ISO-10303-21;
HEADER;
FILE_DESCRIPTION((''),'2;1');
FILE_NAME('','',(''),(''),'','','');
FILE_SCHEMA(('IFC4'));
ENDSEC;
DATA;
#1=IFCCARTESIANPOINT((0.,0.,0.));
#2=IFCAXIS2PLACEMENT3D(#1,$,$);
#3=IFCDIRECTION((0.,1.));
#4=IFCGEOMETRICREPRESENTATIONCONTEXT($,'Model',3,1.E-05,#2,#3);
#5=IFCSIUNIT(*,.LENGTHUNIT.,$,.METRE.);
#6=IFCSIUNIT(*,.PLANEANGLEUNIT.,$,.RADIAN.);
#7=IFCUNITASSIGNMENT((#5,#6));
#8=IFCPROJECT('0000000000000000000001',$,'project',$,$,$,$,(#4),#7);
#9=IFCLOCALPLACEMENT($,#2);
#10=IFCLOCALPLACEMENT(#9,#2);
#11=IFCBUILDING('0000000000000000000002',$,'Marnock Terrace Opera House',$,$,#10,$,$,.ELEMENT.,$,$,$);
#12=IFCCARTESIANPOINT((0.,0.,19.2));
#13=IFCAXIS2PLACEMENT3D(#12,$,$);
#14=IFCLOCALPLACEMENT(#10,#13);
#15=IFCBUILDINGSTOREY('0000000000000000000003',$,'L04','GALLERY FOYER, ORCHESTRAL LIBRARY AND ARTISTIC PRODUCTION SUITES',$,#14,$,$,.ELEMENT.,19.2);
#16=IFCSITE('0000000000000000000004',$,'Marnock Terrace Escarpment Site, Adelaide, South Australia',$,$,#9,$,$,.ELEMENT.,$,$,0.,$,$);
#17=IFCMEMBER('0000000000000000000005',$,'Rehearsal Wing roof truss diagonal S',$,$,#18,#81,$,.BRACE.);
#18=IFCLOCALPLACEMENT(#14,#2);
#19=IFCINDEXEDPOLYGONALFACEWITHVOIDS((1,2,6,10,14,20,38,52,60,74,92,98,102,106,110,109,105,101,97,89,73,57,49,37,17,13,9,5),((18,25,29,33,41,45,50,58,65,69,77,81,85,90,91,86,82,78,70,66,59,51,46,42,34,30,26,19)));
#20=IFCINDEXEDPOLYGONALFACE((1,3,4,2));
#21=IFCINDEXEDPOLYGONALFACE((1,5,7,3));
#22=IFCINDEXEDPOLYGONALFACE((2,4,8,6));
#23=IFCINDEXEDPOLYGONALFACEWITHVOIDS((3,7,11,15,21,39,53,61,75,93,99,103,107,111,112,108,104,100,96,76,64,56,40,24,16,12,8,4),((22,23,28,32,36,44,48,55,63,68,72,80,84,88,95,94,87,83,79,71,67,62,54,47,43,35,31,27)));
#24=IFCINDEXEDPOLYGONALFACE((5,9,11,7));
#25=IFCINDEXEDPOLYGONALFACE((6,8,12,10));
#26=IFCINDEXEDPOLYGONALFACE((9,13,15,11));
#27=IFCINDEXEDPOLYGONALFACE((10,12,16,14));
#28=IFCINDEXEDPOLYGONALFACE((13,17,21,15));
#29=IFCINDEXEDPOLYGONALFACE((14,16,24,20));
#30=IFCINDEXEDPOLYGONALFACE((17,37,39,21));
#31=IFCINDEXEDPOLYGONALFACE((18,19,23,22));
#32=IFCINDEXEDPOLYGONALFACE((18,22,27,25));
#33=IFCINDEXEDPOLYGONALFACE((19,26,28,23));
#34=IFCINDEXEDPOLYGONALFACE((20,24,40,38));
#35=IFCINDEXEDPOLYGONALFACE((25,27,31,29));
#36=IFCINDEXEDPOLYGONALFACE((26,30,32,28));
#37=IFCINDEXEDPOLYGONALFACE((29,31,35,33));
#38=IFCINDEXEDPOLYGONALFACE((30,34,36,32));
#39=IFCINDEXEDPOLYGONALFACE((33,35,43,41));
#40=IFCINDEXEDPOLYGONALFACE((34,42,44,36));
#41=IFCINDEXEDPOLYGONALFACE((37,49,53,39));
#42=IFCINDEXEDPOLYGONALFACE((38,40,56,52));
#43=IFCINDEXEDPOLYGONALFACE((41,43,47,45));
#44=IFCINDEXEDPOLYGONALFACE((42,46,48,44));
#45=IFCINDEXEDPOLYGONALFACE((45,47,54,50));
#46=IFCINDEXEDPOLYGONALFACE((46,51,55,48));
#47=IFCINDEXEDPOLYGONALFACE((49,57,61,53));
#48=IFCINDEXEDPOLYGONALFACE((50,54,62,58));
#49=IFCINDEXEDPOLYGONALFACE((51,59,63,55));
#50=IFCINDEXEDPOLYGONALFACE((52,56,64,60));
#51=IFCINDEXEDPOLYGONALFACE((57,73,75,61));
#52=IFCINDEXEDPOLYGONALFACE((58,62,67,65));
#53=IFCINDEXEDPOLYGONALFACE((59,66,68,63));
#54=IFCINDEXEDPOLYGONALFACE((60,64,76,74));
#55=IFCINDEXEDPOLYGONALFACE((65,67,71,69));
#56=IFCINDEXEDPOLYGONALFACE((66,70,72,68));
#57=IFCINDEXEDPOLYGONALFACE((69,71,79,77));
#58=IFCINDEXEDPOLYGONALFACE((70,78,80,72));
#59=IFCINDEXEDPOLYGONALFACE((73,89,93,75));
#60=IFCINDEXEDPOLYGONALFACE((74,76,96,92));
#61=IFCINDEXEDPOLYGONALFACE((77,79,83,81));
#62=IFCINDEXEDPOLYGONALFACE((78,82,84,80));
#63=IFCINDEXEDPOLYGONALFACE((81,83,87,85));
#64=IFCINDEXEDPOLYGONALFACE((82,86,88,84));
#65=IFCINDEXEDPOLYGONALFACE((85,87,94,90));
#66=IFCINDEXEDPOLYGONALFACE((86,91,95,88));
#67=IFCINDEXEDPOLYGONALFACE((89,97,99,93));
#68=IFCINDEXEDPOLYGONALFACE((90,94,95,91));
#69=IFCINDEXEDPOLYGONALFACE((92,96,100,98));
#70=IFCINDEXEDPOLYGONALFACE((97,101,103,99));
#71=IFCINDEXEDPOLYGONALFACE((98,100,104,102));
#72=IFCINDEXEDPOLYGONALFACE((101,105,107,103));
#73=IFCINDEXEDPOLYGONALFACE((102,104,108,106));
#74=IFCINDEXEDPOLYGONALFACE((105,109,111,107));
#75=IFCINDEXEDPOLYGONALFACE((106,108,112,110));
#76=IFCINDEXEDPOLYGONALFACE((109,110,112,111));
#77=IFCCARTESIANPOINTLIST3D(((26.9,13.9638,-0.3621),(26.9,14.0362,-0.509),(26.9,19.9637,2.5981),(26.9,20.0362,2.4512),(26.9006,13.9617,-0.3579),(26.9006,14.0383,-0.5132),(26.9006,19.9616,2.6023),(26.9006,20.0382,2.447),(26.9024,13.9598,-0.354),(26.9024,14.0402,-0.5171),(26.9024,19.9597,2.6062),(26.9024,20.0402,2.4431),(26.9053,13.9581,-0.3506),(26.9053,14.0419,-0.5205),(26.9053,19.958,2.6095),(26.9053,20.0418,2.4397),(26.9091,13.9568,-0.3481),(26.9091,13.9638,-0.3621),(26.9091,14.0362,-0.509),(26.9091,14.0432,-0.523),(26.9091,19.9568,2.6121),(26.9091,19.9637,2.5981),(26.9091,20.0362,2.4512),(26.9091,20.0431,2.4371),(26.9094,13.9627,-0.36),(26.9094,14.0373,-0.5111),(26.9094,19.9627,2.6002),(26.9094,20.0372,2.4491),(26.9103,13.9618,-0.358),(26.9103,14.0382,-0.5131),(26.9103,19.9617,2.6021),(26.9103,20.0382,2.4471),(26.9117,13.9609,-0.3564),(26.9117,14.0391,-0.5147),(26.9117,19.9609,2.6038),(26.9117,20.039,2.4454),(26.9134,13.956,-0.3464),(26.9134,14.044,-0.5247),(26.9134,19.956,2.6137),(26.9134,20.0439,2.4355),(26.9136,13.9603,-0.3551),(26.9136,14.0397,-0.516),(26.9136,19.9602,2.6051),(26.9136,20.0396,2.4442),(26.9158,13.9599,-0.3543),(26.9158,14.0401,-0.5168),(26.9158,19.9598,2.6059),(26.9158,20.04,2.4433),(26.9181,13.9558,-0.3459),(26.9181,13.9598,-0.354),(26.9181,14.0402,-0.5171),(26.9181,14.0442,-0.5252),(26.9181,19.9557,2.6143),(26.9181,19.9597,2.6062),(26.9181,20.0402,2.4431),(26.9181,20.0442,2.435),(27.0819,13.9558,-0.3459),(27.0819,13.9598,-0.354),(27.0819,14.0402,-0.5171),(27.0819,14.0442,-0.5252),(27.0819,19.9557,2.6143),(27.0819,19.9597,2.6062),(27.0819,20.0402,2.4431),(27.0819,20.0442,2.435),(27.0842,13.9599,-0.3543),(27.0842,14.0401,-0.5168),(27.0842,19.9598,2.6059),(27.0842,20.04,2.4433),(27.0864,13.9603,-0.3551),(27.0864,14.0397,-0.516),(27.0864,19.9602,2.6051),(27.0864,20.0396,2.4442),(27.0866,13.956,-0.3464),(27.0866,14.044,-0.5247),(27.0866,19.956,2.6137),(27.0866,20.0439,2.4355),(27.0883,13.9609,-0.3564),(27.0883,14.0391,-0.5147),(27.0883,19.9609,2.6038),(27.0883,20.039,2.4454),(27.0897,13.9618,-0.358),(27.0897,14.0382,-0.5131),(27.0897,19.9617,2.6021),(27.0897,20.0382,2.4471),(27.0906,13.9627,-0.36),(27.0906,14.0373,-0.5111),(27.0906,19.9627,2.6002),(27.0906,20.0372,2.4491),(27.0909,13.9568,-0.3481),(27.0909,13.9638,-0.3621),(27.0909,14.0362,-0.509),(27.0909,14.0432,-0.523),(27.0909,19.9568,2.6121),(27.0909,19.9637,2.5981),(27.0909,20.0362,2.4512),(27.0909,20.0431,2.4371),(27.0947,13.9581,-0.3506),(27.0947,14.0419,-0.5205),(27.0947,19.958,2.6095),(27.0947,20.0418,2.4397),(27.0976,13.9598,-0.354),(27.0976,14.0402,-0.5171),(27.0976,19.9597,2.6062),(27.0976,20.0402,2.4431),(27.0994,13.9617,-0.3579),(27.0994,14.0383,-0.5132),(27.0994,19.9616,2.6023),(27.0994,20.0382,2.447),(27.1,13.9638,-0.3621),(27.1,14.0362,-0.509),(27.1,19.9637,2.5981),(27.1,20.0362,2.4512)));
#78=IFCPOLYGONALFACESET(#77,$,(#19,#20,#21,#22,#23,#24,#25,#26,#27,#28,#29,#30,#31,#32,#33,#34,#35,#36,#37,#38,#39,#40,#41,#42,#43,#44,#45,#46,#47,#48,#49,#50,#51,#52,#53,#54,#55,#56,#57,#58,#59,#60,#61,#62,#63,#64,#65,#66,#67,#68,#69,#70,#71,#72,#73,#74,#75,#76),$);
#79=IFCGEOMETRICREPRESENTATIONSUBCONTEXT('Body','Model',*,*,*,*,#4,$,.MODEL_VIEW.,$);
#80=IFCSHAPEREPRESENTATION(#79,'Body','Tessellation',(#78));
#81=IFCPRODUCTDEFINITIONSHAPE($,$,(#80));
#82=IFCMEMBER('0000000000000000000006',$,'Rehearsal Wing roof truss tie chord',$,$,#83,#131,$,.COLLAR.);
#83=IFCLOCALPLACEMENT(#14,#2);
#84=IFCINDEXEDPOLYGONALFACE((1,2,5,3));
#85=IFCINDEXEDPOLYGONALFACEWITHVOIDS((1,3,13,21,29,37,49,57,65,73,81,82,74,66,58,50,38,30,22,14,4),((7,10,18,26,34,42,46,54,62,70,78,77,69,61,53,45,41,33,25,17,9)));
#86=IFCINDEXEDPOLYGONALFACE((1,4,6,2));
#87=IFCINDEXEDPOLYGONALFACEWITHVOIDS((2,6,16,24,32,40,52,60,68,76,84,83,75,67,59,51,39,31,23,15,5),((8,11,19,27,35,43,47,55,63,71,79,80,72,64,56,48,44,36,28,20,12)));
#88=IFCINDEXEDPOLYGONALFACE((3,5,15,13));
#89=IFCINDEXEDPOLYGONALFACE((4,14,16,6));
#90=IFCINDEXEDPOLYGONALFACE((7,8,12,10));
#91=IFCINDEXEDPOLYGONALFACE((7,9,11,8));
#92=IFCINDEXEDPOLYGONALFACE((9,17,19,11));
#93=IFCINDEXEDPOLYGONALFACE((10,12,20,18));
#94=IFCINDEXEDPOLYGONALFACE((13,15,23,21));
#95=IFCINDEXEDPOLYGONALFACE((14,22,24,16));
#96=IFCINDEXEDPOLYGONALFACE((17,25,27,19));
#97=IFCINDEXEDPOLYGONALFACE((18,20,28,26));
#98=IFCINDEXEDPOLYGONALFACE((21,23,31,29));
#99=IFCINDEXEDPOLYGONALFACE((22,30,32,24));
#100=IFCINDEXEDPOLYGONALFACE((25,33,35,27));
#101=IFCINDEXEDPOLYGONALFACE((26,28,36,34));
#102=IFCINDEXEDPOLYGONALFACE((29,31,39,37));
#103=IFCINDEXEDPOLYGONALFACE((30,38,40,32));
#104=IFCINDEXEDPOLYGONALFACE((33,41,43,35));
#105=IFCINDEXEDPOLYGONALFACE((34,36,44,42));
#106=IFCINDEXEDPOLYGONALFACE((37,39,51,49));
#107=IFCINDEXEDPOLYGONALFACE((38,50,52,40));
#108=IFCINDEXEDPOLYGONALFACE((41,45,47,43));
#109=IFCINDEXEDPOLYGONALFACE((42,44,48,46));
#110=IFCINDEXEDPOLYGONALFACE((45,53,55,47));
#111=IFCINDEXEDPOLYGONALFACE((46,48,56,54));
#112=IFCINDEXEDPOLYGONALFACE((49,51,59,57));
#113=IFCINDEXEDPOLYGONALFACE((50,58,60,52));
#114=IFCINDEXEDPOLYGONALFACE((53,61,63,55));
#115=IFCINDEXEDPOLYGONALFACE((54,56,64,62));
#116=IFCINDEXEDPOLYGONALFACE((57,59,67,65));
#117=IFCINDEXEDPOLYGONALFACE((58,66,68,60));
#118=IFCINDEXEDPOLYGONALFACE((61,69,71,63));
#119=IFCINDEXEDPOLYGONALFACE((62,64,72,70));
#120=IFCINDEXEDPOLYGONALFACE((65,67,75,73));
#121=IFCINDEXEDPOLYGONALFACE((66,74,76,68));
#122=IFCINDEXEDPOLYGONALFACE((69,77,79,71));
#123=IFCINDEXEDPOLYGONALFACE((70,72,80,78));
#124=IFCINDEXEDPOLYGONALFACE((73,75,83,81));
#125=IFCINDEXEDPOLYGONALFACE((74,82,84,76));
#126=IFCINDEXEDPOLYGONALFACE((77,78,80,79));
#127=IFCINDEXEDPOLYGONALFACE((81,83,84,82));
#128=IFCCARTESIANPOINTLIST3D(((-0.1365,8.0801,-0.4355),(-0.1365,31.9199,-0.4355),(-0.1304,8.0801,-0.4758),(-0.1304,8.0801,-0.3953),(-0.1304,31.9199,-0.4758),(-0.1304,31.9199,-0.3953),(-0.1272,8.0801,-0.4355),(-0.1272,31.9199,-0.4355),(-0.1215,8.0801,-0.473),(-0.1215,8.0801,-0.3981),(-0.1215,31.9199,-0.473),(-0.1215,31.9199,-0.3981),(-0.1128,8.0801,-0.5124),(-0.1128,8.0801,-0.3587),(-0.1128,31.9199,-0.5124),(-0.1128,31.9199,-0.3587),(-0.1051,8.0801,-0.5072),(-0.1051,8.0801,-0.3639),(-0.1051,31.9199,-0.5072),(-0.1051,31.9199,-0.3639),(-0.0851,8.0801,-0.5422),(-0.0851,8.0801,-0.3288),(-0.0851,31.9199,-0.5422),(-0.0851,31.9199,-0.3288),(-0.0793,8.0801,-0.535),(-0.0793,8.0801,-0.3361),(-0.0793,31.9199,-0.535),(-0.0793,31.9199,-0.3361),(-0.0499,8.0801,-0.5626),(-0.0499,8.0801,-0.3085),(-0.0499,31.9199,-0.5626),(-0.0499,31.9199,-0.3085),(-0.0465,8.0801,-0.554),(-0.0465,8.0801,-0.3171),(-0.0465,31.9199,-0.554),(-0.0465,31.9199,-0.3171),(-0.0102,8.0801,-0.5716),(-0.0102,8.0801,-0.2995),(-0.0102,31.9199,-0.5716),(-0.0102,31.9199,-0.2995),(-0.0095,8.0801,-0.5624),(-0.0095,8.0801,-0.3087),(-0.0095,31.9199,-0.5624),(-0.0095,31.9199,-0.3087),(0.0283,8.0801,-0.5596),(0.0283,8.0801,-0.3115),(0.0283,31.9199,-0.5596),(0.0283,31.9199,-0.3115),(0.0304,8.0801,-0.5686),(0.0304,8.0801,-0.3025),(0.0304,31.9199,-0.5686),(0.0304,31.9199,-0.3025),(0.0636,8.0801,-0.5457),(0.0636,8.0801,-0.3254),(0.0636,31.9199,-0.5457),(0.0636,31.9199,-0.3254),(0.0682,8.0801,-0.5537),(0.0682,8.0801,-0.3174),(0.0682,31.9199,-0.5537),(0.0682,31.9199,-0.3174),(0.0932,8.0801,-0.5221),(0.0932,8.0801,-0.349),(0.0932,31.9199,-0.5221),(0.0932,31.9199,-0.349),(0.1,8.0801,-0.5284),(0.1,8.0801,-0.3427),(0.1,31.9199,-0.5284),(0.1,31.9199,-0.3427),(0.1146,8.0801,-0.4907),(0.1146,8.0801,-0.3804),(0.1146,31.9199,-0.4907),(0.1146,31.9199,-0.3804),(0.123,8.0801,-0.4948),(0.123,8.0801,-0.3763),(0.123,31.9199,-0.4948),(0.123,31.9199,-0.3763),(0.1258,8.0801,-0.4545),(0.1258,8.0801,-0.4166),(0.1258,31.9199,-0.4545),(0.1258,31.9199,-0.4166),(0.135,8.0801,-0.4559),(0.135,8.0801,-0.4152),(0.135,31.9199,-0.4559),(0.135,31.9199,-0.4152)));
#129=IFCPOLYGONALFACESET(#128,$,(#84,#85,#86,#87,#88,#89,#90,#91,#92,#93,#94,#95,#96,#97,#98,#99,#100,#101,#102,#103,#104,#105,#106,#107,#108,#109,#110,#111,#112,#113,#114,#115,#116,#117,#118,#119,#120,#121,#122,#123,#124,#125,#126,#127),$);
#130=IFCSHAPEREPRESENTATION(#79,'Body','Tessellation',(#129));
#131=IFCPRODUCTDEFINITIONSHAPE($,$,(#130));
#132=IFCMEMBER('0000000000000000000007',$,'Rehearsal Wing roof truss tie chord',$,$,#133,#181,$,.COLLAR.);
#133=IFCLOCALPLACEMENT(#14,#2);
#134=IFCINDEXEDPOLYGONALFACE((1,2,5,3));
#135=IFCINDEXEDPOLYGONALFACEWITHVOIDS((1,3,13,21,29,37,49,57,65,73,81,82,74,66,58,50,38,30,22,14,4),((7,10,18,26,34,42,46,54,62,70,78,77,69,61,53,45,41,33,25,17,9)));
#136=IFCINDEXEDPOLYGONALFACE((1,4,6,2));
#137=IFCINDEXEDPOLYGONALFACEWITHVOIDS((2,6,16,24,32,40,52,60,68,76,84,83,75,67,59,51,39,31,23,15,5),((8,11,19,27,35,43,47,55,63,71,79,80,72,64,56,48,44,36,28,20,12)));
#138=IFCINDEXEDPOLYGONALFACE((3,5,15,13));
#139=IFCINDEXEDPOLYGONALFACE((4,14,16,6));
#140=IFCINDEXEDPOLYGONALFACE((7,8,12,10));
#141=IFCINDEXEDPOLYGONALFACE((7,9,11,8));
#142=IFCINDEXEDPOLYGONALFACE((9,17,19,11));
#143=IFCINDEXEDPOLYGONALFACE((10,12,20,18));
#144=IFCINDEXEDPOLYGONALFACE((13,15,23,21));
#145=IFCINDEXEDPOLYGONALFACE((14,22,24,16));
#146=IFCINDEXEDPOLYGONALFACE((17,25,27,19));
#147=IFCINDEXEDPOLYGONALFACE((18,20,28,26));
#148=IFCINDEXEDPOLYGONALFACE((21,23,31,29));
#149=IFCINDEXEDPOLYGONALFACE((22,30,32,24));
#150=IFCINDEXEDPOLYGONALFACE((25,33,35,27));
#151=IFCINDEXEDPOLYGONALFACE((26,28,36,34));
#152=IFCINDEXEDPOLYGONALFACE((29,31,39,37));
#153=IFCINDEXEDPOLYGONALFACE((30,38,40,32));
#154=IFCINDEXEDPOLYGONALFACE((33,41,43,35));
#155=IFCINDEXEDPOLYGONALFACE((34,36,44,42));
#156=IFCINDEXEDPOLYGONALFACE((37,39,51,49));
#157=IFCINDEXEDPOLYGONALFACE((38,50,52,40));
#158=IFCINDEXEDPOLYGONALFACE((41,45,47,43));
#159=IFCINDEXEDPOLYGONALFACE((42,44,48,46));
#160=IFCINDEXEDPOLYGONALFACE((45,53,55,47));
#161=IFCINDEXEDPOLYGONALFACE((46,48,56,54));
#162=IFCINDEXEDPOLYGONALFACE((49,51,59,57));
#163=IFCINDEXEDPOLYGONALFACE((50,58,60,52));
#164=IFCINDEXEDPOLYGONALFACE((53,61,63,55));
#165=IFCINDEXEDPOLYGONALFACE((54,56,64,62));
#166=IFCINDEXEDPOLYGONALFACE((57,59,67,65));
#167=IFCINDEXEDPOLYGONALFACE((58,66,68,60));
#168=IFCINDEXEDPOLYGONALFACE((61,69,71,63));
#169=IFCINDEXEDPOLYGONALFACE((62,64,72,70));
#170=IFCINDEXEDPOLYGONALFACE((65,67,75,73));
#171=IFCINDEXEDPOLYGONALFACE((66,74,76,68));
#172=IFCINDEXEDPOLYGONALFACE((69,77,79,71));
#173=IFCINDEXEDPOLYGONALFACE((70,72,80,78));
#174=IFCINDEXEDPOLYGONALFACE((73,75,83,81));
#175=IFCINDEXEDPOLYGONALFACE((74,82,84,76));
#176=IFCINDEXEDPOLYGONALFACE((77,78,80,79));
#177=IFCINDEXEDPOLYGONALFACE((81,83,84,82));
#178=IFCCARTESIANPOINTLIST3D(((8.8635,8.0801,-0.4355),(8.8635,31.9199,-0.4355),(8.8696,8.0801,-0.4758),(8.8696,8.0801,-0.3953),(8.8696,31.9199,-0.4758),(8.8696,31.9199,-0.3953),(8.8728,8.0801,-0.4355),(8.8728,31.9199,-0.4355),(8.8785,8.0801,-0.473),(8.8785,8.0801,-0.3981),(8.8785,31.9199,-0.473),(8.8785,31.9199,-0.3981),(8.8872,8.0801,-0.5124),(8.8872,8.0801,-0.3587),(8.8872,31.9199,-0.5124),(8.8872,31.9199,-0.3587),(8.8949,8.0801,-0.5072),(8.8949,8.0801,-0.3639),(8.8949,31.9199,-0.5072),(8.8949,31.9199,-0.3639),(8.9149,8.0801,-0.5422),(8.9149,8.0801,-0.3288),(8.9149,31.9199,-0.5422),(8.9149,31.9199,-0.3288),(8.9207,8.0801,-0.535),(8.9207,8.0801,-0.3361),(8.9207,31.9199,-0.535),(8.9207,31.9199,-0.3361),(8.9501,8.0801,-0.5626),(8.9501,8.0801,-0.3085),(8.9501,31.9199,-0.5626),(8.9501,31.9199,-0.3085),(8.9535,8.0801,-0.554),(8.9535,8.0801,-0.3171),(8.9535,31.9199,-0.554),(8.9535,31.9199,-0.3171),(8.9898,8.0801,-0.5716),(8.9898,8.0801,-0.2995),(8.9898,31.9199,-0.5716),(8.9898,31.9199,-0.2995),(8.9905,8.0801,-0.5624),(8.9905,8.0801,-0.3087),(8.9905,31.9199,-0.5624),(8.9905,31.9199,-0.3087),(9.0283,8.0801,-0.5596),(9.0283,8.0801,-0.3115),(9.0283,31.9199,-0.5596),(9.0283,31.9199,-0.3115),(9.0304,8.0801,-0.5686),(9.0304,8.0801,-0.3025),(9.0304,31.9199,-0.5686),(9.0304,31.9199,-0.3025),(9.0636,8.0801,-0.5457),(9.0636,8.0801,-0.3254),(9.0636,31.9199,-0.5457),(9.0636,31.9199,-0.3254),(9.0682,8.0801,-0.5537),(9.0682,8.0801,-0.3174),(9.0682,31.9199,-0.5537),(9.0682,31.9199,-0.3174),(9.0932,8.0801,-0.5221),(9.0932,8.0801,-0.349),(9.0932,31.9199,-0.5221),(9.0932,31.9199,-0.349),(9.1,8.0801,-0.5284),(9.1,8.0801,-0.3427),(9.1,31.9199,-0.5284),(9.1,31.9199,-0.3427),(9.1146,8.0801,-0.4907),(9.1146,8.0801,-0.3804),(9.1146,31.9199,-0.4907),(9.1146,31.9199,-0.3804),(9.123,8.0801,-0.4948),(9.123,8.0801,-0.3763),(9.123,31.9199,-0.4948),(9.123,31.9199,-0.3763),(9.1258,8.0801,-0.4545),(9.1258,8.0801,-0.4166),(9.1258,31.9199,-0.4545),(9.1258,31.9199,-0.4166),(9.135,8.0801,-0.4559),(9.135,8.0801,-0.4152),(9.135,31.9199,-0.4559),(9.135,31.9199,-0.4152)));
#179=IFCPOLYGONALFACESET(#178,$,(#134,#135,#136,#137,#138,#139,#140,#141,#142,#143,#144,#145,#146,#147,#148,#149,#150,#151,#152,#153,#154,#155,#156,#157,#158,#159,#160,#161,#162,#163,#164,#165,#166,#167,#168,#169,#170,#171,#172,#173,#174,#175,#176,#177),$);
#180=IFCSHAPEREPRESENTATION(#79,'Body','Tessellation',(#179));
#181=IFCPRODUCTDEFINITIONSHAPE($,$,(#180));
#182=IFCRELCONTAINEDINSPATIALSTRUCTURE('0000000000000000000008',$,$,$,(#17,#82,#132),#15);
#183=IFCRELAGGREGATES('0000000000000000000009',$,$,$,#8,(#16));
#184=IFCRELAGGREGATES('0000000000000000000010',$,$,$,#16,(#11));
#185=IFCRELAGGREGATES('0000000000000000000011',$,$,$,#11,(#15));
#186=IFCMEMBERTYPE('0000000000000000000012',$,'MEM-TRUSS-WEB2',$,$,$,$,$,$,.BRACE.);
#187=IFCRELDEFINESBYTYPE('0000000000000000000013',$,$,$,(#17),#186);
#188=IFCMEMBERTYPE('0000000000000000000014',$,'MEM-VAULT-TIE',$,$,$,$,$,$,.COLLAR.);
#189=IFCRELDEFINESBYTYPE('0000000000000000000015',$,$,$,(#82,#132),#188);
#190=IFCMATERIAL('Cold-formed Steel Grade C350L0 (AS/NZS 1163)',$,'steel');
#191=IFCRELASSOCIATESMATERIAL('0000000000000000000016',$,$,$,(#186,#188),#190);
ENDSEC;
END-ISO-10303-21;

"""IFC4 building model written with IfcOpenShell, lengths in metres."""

from ifc_helpers import new_model, si_unit, direction, frame, origin, origin_2d, place, context, subcontext, project, spatial, hollow_rectangle, hollow_circle, extrude, material, material_profile, profile_set, type_object, element, save


model = new_model("IFC4")

# Units and contexts
model_context = context("Model", 3, precision=1e-05, world=origin(), true_north=direction((0.0, 1.0)))
body_context = subcontext(model_context, "Body", "Model", "MODEL_VIEW")
ifc_project = project(units=[si_unit("LENGTHUNIT", "METRE"), si_unit("PLANEANGLEUNIT", "RADIAN")], contexts=[model_context])

# Site, building, storey
site_placement = place(None, origin())
site = spatial("IfcSite", under=ifc_project, at=site_placement, Name="Marnock Terrace Escarpment Site, Adelaide, South Australia", CompositionType="ELEMENT", RefElevation=0.0)
building_placement = place(site_placement, origin())
building = spatial("IfcBuilding", under=site, at=building_placement, Name="Marnock Terrace Opera House", CompositionType="ELEMENT")
storey_placement = place(building_placement, frame((0.0, 0.0, 19.2)))
storey = spatial("IfcBuildingStorey", under=building, at=storey_placement, Name="L04", Description="GALLERY FOYER, ORCHESTRAL LIBRARY AND ARTISTIC PRODUCTION SUITES", CompositionType="ELEMENT", Elevation=19.2)

# Members
ifc_material_1 = material(Name="Cold-formed Steel Grade C350L0 (AS/NZS 1163)", Category="steel")
ifc_material_profile_1 = material_profile(ifc_material_1, hollow_rectangle(XDim=0.2, YDim=0.2, WallThickness=0.009, InnerFilletRadius=0.009, OuterFilletRadius=0.0181, at=origin_2d()))
ifc_profile_set_1 = profile_set([ifc_material_profile_1], Name="Cold-formed Steel Grade C350L0 (AS/NZS 1163)")
member_type_1 = type_object("IfcMemberType", Name="MEM-TRUSS-WEB2", PredefinedType="BRACE", material=ifc_profile_set_1)
for number, where, z_axis, x_axis, name in (
    (1, (27.0, 14.0, -0.4355), (0.0, 0.896794, 0.442449), (-1.0, 0.0, 0.0), "Rehearsal Wing roof truss diagonal S"),
):
    element("IfcMember", number, at=place(storey_placement, frame(where, z_axis=z_axis, x_axis=x_axis)), inside=storey, type_object=member_type_1, Name=name, PredefinedType="BRACE", context=body_context, shape_type="SweptSolid", body=[
        extrude(hollow_rectangle(XDim=0.2, YDim=0.2, WallThickness=0.009, InnerFilletRadius=0.009, OuterFilletRadius=0.0181, at=origin_2d()), origin(), (0.0, 0.0, 1.0), 6.6904),
    ])
ifc_material_profile_2 = material_profile(ifc_material_1, hollow_circle(Radius=0.1365, WallThickness=0.0093, at=origin_2d()))
ifc_profile_set_2 = profile_set([ifc_material_profile_2], Name="Cold-formed Steel Grade C350L0 (AS/NZS 1163)")
member_type_2 = type_object("IfcMemberType", Name="MEM-VAULT-TIE", PredefinedType="COLLAR", material=ifc_profile_set_2)
for number, where, z_axis, x_axis, name in (
    (2, (0.0, 8.0801, -0.4355), (0.0, 1.0, 0.0), (-1.0, 0.0, 0.0), "Rehearsal Wing roof truss tie chord"),
    (3, (9.0, 8.0801, -0.4355), (0.0, 1.0, 0.0), (-1.0, 0.0, 0.0), "Rehearsal Wing roof truss tie chord"),
):
    element("IfcMember", number, at=place(storey_placement, frame(where, z_axis=z_axis, x_axis=x_axis)), inside=storey, type_object=member_type_2, Name=name, PredefinedType="COLLAR", context=body_context, shape_type="SweptSolid", body=[
        extrude(hollow_circle(Radius=0.1365, WallThickness=0.0093, at=origin_2d()), origin(), (0.0, 0.0, 1.0), 23.8398),
    ])

save(model, "model.ifc")
